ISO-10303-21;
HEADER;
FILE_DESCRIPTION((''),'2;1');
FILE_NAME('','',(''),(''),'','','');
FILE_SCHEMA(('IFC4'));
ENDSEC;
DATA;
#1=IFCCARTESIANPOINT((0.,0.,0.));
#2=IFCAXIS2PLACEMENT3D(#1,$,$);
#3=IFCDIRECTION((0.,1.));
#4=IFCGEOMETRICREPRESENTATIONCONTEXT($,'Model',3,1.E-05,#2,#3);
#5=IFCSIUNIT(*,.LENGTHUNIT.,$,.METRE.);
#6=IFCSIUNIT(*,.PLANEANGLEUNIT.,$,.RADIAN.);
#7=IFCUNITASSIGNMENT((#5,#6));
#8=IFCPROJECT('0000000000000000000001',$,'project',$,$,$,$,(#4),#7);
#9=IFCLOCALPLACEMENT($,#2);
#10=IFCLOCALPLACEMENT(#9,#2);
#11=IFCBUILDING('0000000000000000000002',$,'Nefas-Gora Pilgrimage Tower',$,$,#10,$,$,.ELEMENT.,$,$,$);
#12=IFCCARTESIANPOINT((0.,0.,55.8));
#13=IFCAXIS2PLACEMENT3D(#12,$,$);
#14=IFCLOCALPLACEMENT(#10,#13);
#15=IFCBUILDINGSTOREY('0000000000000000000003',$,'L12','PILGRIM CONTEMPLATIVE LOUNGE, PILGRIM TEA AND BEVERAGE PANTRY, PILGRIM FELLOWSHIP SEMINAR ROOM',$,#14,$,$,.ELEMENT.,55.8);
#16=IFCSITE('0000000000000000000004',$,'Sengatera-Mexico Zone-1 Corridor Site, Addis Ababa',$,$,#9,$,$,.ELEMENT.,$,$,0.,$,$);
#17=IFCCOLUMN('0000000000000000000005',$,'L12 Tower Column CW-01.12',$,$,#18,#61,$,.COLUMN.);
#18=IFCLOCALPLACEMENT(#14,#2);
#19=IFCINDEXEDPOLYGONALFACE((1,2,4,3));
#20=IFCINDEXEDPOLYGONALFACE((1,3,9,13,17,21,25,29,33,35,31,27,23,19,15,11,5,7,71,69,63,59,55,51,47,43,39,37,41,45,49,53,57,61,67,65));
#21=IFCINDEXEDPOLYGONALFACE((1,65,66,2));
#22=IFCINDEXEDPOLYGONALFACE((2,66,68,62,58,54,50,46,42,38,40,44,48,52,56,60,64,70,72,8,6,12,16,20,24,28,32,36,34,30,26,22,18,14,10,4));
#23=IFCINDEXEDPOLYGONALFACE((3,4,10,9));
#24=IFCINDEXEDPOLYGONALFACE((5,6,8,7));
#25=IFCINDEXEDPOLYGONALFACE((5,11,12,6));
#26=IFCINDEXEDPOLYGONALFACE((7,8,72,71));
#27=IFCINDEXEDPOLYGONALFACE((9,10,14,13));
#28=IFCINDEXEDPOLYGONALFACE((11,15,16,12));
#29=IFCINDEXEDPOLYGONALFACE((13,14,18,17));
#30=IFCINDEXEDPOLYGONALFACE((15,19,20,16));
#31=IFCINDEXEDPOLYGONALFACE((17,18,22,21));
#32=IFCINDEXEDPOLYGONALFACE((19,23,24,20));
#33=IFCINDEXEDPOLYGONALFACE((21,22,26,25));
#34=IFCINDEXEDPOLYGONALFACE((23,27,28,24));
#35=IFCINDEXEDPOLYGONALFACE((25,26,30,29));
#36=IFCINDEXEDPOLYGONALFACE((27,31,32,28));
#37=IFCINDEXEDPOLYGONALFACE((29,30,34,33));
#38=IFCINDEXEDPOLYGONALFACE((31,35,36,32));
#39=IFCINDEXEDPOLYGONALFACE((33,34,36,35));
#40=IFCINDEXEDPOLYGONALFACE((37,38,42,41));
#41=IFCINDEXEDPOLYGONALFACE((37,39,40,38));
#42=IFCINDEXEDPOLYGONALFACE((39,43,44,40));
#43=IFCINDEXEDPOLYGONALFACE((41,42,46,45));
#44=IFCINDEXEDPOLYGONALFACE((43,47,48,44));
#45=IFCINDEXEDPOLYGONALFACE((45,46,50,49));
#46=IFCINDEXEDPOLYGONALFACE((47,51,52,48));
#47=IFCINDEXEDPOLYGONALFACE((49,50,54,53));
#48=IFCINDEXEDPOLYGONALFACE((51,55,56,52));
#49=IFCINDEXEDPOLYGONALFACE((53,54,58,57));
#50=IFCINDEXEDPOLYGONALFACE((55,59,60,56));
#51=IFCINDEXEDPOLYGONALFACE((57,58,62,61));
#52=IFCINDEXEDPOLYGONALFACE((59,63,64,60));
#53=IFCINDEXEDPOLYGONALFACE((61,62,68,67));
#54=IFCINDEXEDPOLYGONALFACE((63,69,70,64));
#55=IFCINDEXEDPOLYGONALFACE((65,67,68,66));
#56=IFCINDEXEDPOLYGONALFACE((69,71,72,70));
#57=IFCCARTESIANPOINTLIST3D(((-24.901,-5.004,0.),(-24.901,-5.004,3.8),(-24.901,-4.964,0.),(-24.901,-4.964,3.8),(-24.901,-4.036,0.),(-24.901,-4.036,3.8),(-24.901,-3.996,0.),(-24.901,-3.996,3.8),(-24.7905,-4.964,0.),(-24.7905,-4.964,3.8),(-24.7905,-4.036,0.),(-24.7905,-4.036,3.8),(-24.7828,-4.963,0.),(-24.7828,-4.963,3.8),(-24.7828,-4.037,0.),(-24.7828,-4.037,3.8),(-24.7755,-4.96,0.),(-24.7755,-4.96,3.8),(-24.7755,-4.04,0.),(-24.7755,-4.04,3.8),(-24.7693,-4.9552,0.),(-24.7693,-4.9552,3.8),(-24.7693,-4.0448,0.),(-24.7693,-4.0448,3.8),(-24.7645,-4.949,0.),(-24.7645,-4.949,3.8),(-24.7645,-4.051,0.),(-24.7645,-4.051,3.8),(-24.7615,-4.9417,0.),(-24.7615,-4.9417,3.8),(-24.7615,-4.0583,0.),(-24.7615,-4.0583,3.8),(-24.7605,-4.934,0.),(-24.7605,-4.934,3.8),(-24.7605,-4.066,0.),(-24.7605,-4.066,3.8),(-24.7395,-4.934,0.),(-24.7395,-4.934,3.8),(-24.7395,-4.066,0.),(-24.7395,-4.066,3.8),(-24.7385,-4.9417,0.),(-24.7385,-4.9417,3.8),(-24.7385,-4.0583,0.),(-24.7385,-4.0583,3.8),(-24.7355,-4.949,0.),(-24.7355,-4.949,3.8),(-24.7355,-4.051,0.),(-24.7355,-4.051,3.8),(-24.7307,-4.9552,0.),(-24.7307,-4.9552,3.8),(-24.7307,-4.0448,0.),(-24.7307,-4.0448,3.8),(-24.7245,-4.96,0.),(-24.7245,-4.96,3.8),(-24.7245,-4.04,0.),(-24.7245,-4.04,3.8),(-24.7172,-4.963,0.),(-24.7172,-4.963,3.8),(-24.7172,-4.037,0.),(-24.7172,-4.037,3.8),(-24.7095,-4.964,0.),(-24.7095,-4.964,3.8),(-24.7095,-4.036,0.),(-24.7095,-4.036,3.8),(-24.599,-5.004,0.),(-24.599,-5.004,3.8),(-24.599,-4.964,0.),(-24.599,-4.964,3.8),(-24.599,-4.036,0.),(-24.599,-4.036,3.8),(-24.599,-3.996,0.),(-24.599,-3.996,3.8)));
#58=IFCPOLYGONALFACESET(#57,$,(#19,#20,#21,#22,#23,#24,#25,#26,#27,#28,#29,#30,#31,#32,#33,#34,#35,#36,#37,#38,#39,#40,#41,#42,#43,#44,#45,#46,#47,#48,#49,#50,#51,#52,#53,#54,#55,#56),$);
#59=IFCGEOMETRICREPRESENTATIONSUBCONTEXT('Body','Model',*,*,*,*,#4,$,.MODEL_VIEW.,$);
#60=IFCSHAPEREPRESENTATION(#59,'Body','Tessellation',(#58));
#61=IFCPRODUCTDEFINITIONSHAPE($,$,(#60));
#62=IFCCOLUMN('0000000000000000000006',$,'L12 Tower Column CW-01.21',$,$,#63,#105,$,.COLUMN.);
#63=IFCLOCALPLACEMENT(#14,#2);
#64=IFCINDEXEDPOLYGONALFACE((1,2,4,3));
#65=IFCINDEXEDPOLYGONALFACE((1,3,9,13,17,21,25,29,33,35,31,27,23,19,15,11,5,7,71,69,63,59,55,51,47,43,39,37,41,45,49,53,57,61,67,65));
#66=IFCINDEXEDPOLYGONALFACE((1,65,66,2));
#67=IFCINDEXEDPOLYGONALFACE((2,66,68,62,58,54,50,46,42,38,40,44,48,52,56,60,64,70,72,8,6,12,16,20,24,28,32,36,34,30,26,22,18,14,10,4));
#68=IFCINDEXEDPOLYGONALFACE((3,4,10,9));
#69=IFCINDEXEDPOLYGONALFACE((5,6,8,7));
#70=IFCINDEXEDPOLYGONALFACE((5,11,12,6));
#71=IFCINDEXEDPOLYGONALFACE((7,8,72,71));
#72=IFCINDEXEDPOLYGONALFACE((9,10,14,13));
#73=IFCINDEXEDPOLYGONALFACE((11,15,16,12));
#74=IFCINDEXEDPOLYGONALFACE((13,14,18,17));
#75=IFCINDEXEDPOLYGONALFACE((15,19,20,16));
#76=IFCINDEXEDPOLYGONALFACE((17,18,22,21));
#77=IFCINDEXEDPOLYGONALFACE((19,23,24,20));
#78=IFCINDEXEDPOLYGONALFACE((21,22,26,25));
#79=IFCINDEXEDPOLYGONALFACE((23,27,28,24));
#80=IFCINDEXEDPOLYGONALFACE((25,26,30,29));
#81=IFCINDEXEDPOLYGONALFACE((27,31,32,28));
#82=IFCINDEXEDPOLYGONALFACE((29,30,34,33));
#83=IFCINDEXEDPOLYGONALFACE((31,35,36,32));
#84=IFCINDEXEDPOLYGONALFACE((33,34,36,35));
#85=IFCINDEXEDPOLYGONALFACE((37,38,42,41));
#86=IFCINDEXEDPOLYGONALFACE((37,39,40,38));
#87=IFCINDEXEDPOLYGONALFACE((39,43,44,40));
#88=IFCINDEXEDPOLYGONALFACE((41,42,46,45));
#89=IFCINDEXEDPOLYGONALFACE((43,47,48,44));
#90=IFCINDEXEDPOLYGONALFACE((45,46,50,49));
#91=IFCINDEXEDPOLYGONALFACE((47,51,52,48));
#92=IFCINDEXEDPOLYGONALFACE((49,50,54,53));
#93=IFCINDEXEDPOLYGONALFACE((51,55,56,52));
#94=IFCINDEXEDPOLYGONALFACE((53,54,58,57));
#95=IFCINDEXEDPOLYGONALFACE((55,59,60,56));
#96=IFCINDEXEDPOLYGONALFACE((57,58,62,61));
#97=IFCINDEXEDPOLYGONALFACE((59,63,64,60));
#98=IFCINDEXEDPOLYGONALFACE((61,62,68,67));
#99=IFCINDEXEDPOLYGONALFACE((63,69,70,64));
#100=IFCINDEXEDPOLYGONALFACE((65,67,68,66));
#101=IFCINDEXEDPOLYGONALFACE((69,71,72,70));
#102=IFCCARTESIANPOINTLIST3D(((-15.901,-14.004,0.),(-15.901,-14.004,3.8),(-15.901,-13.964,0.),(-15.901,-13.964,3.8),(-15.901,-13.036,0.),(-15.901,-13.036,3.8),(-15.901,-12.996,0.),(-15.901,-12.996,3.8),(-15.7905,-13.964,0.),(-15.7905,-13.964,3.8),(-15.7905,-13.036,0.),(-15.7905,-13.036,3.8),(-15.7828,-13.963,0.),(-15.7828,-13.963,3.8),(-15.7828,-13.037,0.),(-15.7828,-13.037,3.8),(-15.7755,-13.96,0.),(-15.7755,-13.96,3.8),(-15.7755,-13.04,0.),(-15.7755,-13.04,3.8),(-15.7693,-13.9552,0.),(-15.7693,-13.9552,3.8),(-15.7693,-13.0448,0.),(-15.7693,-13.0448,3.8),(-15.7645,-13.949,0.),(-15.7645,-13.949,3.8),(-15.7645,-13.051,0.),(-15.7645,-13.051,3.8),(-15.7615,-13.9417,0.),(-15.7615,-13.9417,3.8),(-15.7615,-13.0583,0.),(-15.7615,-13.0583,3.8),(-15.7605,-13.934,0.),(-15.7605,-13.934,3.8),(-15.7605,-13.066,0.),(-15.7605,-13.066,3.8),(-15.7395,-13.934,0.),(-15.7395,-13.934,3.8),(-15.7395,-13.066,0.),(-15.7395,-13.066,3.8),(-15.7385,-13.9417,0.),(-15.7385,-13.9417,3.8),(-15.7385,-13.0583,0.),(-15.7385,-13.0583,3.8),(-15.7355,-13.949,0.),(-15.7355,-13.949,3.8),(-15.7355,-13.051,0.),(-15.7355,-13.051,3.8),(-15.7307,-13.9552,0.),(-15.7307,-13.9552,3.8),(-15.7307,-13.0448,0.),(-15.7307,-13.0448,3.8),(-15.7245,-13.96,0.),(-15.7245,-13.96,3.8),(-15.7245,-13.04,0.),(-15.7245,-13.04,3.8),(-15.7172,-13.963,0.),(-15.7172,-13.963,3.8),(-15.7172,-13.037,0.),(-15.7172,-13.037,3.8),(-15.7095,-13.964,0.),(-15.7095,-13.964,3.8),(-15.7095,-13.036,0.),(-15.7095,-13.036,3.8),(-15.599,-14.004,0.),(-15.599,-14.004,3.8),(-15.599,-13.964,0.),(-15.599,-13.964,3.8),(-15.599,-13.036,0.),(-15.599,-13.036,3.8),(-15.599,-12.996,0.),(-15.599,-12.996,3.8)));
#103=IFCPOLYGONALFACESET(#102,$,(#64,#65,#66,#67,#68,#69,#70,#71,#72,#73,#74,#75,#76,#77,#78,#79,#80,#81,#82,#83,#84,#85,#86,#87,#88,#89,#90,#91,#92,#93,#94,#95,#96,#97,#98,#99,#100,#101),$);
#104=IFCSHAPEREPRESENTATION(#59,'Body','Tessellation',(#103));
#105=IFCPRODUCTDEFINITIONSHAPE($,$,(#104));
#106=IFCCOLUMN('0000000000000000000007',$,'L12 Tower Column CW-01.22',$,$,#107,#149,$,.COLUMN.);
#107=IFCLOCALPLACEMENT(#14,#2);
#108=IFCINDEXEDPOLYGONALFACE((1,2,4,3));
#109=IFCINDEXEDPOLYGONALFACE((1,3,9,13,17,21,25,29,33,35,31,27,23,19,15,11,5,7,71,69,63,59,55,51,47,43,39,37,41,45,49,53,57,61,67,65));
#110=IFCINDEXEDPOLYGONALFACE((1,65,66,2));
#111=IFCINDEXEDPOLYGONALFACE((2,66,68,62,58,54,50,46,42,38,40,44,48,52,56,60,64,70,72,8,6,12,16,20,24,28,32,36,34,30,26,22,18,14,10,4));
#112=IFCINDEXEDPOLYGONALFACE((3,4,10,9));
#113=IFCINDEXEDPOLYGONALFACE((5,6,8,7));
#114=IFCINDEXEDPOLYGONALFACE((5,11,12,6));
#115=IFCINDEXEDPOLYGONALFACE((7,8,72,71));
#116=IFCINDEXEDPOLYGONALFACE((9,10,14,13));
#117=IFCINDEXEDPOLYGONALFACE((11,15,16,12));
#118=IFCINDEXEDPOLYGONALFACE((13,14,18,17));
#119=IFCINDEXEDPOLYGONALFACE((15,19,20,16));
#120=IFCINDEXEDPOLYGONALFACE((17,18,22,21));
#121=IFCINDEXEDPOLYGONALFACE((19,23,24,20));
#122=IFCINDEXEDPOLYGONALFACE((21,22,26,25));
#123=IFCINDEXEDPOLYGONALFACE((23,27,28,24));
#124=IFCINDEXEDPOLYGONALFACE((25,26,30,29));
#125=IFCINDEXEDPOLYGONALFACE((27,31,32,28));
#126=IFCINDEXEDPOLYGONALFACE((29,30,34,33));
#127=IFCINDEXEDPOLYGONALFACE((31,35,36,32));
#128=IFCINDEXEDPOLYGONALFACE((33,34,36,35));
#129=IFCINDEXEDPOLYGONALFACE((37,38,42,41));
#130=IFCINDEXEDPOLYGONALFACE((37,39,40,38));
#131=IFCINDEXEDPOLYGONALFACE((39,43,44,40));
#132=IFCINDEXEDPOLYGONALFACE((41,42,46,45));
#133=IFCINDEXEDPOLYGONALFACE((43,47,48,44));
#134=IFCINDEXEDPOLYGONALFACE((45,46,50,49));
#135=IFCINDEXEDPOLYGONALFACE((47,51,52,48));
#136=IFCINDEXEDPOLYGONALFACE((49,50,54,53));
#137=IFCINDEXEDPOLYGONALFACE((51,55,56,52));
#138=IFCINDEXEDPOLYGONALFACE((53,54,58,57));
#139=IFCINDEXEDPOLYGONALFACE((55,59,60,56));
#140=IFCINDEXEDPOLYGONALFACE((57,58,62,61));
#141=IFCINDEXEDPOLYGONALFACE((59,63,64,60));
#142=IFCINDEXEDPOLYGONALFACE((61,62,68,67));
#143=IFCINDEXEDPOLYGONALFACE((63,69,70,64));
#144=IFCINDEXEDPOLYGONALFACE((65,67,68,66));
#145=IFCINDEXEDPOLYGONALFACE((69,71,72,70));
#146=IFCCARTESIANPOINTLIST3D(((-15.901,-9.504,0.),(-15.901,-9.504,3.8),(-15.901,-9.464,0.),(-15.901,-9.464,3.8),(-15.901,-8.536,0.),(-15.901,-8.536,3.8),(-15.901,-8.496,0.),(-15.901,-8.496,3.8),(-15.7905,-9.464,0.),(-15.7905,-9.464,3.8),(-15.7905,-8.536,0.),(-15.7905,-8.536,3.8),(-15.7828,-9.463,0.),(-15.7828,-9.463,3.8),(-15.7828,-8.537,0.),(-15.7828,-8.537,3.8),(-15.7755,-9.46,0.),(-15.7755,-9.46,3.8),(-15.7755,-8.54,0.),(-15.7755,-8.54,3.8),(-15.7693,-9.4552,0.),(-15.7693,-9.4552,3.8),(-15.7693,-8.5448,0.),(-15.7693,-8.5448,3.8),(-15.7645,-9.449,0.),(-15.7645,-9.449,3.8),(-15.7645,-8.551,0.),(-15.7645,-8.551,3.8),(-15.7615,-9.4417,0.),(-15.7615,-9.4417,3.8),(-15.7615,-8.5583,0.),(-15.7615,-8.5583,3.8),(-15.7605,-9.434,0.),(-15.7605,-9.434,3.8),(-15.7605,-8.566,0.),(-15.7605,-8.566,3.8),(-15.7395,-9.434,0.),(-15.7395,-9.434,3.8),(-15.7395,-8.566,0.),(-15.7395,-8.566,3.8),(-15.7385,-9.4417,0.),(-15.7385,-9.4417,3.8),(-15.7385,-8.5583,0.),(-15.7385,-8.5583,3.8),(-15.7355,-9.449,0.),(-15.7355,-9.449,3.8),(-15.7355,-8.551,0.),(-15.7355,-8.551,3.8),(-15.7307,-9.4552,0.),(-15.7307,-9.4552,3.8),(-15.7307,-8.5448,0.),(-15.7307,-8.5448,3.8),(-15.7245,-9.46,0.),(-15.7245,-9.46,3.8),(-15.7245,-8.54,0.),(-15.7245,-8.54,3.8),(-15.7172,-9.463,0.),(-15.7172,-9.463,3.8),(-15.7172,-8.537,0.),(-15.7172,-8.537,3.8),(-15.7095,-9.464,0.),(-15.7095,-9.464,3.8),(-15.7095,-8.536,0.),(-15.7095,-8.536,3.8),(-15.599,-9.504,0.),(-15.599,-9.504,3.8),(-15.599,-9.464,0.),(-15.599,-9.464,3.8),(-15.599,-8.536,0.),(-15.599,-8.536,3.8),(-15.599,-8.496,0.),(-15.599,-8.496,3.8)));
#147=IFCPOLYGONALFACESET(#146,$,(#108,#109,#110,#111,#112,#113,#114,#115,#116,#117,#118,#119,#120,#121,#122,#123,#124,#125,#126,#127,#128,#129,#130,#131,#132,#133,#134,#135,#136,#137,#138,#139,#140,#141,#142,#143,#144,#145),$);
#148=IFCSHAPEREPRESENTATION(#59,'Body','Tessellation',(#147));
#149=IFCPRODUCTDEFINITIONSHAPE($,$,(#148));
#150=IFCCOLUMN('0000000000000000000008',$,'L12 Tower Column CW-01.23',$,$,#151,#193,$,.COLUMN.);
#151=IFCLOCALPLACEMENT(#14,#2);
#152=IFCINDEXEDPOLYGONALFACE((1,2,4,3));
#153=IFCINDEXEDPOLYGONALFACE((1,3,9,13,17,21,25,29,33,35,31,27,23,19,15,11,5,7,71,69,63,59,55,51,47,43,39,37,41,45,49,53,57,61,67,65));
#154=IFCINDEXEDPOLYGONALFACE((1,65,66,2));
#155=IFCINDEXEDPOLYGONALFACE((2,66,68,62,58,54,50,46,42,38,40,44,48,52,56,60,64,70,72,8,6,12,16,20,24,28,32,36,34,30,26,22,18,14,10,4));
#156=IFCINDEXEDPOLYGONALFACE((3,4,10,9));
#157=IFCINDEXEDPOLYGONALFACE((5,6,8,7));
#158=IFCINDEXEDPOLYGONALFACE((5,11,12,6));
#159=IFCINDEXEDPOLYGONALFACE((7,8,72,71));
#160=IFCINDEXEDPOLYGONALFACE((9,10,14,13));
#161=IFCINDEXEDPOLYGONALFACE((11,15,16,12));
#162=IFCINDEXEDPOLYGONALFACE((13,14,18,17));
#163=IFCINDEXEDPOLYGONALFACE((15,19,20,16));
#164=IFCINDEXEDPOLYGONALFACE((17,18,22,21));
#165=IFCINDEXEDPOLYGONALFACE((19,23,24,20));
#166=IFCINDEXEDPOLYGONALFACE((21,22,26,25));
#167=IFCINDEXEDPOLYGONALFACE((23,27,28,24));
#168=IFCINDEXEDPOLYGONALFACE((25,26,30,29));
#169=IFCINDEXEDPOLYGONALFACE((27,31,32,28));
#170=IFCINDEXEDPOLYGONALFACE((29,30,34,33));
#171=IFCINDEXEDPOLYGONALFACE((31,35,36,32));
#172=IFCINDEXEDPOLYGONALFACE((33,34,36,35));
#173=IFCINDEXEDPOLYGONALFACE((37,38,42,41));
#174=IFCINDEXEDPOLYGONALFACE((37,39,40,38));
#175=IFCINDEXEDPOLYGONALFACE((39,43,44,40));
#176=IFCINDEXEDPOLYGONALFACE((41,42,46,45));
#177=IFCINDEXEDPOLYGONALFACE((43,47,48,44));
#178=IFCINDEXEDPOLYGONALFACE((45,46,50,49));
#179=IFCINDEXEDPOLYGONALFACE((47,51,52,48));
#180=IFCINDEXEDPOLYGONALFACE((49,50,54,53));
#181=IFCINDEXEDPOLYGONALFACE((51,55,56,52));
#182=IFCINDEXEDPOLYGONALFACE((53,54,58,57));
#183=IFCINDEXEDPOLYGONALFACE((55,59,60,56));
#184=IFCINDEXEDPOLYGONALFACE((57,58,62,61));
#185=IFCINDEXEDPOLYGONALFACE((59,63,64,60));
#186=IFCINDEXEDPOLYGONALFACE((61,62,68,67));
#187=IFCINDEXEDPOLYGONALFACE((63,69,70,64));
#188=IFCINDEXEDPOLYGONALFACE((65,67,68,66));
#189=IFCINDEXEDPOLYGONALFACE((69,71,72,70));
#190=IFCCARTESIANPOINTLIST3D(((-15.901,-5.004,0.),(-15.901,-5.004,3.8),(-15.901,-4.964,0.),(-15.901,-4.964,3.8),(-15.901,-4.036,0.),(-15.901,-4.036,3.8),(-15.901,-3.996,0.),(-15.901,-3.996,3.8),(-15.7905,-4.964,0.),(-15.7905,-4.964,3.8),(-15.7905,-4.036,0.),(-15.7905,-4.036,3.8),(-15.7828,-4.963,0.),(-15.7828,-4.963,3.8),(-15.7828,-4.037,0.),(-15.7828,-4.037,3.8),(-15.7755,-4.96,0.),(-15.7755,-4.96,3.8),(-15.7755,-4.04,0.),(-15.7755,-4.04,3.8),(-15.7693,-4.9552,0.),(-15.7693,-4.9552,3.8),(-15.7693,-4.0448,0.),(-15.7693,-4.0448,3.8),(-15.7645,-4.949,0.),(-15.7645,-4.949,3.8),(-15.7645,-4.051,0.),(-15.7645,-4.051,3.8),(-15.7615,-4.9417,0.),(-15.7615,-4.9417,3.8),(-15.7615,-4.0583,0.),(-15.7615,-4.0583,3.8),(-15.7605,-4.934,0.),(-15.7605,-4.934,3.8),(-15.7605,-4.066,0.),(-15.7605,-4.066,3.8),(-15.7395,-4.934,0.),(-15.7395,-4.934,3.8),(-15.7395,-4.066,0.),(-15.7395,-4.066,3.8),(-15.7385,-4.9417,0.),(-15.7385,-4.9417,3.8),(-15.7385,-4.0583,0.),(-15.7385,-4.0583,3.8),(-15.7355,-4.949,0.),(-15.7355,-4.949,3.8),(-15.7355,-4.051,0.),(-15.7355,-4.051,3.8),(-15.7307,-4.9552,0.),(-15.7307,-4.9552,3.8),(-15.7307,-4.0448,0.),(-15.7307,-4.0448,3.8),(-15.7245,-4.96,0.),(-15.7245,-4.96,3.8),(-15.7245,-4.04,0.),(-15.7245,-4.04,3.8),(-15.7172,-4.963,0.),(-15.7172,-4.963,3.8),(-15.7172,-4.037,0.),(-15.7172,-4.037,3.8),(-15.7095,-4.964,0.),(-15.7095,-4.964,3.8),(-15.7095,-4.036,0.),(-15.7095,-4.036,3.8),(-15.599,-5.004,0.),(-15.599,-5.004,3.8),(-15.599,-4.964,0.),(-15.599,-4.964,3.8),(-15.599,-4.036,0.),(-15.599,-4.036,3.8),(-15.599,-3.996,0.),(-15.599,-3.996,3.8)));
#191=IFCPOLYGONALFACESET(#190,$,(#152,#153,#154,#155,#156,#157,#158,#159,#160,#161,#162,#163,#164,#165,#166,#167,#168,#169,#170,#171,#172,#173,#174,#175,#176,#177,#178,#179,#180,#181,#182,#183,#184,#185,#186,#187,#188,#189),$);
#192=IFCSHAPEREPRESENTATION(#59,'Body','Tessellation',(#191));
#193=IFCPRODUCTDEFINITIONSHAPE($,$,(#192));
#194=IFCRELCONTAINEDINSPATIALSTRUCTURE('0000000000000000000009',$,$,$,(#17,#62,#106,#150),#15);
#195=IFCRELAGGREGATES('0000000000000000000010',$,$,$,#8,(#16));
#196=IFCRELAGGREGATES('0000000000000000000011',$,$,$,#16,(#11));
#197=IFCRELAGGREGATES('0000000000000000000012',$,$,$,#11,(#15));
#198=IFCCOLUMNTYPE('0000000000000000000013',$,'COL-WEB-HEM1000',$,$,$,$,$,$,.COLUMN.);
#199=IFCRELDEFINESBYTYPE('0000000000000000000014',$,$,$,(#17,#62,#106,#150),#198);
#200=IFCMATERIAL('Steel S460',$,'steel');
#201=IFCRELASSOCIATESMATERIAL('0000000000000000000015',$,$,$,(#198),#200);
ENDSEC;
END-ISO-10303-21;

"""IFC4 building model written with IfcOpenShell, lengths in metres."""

from ifc_helpers import new_model, si_unit, direction, frame, origin, origin_2d, place, context, subcontext, project, spatial, i_section, extrude, source, transform, mapped, material, material_profile, profile_set, type_object, element, save


model = new_model("IFC4")

# Units and contexts
model_context = context("Model", 3, precision=1e-05, world=origin(), true_north=direction((0.0, 1.0)))
body_context = subcontext(model_context, "Body", "Model", "MODEL_VIEW")
ifc_project = project(units=[si_unit("LENGTHUNIT", "METRE"), si_unit("PLANEANGLEUNIT", "RADIAN")], contexts=[model_context])

# Site, building, storey
site_placement = place(None, origin())
site = spatial("IfcSite", under=ifc_project, at=site_placement, Name="Sengatera-Mexico Zone-1 Corridor Site, Addis Ababa", CompositionType="ELEMENT", RefElevation=0.0)
building_placement = place(site_placement, origin())
building = spatial("IfcBuilding", under=site, at=building_placement, Name="Nefas-Gora Pilgrimage Tower", CompositionType="ELEMENT")
storey_placement = place(building_placement, frame((0.0, 0.0, 55.8)))
storey = spatial("IfcBuildingStorey", under=building, at=storey_placement, Name="L12", Description="PILGRIM CONTEMPLATIVE LOUNGE, PILGRIM TEA AND BEVERAGE PANTRY, PILGRIM FELLOWSHIP SEMINAR ROOM", CompositionType="ELEMENT", Elevation=55.8)

# Columns
ifc_material_1 = material(Name="Steel S460", Category="steel")
ifc_material_profile_1 = material_profile(ifc_material_1, i_section(OverallWidth=0.302, OverallDepth=1.0081, WebThickness=0.021, FlangeThickness=0.04, FilletRadius=0.03, at=origin_2d()), Name="HEM 1000")
ifc_profile_set_1 = profile_set([ifc_material_profile_1], Name="Steel S460")
column_type_1 = type_object("IfcColumnType", Name="COL-WEB-HEM1000", PredefinedType="COLUMN", material=ifc_profile_set_1)
shared_shape_1 = source(origin(), body_context, "Body", "SweptSolid", [
    extrude(i_section(OverallWidth=0.302, OverallDepth=1.0081, WebThickness=0.021, FlangeThickness=0.04, FilletRadius=0.03, at=origin_2d()), origin(), (0.0, 0.0, 1.0), 3.8),
])
for number, where, z_axis, x_axis, name in (
    (1, (-24.75, -4.5, 0.0), (0.0, 0.0, 1.0), (1.0, 0.0, 0.0), "L12 Tower Column CW-01.12"),
    (2, (-15.75, -13.5, 0.0), (0.0, 0.0, 1.0), (1.0, 0.0, 0.0), "L12 Tower Column CW-01.21"),
    (3, (-15.75, -9.0, 0.0), (0.0, 0.0, 1.0), (1.0, 0.0, 0.0), "L12 Tower Column CW-01.22"),
    (4, (-15.75, -4.5, 0.0), (0.0, 0.0, 1.0), (1.0, 0.0, 0.0), "L12 Tower Column CW-01.23"),
):
    element("IfcColumn", number, at=place(storey_placement, frame(where, z_axis=z_axis, x_axis=x_axis)), inside=storey, type_object=column_type_1, Name=name, PredefinedType="COLUMN", context=body_context, shape_type="MappedRepresentation", body=[
        mapped(shared_shape_1, transform((0.0, 0.0, 0.0), x_axis=(1.0, 0.0, 0.0), y_axis=(0.0, 1.0, 0.0), z_axis=(0.0, 0.0, 1.0), scale=1.0)),
    ])

save(model, "model.ifc")
